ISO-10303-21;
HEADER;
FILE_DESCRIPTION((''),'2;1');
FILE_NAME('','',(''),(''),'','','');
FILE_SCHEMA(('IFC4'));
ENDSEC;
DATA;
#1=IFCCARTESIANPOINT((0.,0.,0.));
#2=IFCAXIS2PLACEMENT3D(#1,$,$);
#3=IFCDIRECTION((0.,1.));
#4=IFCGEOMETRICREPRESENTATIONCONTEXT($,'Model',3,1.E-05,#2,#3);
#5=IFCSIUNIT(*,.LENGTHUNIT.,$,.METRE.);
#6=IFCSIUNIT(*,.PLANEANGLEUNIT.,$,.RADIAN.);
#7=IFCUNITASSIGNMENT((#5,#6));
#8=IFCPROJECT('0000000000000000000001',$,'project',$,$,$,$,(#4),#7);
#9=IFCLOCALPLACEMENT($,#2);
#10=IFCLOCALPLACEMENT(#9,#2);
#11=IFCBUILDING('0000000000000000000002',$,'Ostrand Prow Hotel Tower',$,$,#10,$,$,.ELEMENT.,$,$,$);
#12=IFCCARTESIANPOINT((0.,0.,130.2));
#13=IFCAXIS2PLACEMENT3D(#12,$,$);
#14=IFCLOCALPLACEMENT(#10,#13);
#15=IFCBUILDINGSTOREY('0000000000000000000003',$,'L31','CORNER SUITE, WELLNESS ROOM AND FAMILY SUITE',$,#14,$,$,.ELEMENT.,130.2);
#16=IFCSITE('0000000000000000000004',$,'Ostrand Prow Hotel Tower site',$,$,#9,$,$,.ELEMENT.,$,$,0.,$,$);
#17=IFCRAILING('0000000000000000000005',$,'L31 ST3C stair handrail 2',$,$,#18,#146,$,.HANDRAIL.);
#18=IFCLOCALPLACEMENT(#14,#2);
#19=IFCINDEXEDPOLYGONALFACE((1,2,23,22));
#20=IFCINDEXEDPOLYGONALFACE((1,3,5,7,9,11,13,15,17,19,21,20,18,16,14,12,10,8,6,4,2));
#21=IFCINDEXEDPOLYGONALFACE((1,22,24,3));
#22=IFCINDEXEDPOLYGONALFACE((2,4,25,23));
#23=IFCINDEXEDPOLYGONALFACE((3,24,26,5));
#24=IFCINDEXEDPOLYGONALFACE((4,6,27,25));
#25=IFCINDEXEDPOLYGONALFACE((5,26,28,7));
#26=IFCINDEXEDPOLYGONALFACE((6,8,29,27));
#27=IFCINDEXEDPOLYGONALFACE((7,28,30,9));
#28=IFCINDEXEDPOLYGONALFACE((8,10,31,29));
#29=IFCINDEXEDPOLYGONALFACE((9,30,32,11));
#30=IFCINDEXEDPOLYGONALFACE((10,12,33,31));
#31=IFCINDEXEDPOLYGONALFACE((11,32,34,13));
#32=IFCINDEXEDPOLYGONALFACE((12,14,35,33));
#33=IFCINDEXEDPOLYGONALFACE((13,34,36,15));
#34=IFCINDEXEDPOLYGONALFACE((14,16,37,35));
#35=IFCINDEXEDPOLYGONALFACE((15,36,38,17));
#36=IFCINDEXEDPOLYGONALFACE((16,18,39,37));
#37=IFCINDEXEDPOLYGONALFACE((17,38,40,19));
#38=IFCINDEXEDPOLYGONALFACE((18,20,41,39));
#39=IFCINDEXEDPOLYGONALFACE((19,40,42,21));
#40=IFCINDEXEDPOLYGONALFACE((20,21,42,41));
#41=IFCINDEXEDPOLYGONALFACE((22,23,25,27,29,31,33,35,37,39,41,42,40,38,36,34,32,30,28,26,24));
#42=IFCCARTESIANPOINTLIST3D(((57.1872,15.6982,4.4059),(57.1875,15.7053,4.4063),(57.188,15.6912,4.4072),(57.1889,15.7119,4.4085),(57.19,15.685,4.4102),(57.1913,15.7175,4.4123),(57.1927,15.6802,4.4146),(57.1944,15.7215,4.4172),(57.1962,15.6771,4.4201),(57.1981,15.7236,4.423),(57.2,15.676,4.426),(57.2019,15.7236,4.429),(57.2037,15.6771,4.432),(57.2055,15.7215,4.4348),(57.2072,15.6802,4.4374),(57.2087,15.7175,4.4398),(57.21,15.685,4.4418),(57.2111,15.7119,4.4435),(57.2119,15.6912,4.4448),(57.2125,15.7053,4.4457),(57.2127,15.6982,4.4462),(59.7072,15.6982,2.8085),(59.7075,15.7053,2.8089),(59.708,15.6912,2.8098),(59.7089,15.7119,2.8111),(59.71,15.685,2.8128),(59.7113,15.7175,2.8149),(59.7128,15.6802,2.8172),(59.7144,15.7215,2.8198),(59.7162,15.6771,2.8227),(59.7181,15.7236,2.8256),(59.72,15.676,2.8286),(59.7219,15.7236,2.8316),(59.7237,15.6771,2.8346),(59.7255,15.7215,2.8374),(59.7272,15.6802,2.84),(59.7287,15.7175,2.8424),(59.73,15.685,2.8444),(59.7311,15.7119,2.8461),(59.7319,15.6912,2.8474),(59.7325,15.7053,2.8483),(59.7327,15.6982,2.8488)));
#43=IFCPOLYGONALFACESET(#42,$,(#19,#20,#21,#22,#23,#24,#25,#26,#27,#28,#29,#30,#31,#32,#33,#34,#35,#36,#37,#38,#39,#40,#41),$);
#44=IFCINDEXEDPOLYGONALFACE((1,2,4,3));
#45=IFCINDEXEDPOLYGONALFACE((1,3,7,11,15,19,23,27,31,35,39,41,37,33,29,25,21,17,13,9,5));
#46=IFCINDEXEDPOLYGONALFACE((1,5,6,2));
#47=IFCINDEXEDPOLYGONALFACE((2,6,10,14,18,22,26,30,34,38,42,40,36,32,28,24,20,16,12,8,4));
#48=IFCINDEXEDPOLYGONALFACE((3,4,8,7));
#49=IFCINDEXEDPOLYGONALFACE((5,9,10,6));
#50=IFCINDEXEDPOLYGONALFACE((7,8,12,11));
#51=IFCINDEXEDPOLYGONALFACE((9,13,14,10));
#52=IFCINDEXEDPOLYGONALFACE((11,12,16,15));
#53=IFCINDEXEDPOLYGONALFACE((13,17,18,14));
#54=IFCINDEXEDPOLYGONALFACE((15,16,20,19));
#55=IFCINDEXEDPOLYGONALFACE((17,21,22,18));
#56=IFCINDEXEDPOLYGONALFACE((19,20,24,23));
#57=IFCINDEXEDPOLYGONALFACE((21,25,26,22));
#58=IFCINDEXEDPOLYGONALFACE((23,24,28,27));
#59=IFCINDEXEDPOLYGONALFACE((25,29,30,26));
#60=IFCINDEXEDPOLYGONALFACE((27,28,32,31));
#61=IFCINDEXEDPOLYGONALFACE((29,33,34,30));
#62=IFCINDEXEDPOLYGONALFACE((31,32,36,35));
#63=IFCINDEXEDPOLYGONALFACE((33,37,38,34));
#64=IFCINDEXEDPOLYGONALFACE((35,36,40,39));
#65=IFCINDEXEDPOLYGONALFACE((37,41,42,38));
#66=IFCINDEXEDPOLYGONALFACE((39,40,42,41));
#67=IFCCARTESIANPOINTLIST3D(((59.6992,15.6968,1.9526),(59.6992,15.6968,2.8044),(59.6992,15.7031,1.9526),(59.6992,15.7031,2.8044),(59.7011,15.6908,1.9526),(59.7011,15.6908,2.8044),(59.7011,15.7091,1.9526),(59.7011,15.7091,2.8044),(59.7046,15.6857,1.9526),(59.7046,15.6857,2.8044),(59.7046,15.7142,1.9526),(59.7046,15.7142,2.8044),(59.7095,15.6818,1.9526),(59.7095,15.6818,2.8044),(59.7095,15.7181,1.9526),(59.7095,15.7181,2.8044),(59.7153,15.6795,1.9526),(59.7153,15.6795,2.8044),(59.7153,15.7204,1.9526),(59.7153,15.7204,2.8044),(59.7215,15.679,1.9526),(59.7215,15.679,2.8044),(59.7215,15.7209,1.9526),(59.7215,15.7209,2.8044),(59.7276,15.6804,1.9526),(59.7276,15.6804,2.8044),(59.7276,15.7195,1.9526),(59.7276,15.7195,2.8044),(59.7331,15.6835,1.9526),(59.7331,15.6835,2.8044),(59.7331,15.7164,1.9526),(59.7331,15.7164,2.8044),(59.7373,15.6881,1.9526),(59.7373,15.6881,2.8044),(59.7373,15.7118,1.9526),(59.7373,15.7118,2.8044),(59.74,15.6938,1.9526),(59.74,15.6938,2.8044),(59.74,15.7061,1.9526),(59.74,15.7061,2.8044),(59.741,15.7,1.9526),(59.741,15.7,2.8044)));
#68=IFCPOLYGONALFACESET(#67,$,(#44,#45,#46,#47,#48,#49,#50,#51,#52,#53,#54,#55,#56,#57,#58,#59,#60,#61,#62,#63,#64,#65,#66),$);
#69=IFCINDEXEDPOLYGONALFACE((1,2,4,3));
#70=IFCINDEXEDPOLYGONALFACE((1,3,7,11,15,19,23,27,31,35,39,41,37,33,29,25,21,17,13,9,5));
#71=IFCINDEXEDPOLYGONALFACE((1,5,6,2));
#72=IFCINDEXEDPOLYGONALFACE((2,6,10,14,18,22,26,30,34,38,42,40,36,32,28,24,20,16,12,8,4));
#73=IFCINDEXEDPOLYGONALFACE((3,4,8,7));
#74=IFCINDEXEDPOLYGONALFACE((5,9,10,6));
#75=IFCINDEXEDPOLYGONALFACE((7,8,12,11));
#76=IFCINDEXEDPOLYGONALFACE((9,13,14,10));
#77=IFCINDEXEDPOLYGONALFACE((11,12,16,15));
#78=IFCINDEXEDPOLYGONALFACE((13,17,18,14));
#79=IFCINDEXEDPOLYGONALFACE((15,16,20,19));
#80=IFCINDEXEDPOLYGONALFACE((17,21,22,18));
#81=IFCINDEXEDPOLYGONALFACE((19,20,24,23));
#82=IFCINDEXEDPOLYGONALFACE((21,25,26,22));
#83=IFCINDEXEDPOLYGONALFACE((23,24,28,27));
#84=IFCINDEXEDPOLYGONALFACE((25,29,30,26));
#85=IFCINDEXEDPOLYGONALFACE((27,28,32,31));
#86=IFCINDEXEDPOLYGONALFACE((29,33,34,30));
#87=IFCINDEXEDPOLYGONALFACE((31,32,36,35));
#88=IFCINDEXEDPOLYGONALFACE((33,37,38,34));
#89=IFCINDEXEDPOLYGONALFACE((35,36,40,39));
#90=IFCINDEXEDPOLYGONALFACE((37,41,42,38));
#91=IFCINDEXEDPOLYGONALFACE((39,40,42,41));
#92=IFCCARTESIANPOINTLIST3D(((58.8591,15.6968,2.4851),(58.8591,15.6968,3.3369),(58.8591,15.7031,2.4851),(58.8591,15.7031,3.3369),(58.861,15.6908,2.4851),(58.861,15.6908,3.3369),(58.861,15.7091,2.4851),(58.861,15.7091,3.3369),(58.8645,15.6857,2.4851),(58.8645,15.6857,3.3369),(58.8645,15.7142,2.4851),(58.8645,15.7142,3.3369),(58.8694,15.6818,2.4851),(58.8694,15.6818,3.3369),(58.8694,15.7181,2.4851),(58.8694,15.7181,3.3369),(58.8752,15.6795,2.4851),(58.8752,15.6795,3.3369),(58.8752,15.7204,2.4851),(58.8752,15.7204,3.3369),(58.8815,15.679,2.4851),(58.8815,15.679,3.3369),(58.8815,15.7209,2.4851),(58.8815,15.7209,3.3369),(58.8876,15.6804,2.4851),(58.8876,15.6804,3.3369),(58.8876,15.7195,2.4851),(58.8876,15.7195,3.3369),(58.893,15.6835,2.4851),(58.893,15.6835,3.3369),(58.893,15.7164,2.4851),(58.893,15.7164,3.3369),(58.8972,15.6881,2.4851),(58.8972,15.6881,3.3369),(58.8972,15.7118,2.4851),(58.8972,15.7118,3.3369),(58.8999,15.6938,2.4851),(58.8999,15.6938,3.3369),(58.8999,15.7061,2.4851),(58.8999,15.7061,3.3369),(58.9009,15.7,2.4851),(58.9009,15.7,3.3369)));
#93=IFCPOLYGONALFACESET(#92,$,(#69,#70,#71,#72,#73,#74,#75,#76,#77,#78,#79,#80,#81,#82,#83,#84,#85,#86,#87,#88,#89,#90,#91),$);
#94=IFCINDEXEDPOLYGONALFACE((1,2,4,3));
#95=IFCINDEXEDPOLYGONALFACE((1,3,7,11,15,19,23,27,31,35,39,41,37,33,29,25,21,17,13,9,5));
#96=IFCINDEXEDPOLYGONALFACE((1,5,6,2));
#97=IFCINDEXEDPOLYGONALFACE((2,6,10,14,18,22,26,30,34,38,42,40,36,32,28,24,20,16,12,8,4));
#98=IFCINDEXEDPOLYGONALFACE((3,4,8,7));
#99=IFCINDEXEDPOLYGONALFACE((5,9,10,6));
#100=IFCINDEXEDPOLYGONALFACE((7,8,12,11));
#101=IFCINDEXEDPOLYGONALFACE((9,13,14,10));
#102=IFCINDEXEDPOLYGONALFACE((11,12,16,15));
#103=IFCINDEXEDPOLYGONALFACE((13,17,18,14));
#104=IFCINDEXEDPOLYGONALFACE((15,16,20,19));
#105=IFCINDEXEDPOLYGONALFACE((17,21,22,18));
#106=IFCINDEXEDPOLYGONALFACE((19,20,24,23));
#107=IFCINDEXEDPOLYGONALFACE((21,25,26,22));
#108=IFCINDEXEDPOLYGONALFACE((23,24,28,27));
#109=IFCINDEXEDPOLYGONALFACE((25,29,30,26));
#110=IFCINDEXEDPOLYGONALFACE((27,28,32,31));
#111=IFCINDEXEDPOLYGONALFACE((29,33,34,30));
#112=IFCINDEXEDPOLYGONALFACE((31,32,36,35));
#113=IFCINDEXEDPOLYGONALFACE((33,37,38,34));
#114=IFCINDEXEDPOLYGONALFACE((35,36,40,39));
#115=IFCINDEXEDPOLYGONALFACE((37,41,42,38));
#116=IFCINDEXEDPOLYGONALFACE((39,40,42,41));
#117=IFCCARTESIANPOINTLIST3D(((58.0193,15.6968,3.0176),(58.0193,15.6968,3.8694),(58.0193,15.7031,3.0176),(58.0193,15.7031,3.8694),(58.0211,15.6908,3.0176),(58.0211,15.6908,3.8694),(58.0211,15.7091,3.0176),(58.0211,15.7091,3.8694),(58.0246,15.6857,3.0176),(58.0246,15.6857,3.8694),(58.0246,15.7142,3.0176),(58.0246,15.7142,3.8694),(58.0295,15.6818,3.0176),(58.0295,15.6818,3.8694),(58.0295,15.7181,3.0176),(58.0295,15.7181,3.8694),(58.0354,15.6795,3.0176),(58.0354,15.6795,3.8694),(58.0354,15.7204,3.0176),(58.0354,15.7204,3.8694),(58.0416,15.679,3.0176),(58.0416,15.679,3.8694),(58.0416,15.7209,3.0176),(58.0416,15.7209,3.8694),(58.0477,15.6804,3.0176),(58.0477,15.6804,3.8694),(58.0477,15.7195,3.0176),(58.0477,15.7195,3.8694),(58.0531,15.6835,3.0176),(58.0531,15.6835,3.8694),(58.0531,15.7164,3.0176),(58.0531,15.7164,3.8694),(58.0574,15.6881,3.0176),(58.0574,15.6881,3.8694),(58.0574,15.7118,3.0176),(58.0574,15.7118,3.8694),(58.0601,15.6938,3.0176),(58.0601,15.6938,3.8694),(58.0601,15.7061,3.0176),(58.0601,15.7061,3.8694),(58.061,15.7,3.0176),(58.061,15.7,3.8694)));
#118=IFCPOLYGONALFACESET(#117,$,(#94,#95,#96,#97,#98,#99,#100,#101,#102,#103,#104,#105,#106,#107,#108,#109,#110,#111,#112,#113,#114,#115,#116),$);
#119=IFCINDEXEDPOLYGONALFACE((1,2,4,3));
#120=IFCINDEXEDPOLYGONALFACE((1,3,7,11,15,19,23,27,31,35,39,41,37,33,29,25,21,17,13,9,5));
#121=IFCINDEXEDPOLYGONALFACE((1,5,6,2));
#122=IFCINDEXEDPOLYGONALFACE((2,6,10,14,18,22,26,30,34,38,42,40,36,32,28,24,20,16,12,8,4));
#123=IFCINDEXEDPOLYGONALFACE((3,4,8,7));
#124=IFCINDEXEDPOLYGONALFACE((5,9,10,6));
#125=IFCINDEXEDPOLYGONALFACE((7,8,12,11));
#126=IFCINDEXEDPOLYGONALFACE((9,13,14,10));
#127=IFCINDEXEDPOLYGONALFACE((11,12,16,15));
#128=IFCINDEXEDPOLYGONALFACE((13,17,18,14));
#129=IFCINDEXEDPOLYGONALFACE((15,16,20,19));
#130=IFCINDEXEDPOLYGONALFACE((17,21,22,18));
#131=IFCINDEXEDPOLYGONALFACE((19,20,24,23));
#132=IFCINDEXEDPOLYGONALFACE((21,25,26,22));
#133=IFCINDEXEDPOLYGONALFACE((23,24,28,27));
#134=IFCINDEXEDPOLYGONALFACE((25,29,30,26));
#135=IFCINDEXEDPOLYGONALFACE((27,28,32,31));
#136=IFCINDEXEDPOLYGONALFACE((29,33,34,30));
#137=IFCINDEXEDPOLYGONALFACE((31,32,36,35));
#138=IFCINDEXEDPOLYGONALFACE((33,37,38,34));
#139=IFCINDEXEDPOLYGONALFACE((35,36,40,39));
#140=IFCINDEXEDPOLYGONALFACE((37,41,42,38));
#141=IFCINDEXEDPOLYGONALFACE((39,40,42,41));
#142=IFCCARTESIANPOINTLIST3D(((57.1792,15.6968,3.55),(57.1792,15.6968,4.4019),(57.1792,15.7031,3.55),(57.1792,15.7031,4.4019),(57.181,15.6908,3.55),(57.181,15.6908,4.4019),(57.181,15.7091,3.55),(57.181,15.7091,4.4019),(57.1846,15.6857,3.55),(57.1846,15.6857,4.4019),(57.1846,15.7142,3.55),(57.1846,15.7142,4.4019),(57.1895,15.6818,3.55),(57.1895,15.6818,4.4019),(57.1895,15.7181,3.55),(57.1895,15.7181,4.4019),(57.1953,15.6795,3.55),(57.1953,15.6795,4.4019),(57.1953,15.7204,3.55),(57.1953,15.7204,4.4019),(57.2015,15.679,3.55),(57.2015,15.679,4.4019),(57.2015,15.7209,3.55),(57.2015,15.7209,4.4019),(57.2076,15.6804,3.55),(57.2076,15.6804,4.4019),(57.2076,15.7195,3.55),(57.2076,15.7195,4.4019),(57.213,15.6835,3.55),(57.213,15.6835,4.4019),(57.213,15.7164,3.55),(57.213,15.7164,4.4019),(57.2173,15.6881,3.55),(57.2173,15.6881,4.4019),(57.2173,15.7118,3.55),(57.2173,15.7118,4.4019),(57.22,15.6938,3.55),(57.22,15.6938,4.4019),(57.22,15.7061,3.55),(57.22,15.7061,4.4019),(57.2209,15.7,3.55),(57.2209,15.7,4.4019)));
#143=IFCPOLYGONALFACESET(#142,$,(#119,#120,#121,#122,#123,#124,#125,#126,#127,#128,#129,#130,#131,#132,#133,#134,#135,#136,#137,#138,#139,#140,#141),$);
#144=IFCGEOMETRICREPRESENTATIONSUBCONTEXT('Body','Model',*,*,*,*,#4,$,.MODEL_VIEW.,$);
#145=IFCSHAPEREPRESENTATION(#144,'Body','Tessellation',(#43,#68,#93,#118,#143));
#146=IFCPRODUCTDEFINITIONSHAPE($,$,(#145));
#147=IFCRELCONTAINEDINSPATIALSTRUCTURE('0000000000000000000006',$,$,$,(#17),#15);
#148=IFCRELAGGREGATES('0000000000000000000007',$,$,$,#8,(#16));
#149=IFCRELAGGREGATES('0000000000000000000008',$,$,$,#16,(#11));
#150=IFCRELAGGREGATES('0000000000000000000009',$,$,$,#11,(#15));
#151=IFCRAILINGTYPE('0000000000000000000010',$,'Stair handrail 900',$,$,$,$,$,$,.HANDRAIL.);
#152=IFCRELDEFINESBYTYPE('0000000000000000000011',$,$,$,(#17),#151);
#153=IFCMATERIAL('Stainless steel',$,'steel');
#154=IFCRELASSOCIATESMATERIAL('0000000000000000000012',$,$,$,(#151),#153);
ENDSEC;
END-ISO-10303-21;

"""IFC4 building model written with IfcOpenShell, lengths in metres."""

from ifc_helpers import new_model, si_unit, direction, frame, origin, origin_2d, place, context, subcontext, project, spatial, circle, extrude, material, type_object, element, save


model = new_model("IFC4")

# Units and contexts
model_context = context("Model", 3, precision=1e-05, world=origin(), true_north=direction((0.0, 1.0)))
body_context = subcontext(model_context, "Body", "Model", "MODEL_VIEW")
ifc_project = project(units=[si_unit("LENGTHUNIT", "METRE"), si_unit("PLANEANGLEUNIT", "RADIAN")], contexts=[model_context])

# Site, building, storey
site_placement = place(None, origin())
site = spatial("IfcSite", under=ifc_project, at=site_placement, Name="Ostrand Prow Hotel Tower site", CompositionType="ELEMENT", RefElevation=0.0)
building_placement = place(site_placement, origin())
building = spatial("IfcBuilding", under=site, at=building_placement, Name="Ostrand Prow Hotel Tower", CompositionType="ELEMENT")
storey_placement = place(building_placement, frame((0.0, 0.0, 130.2)))
storey = spatial("IfcBuildingStorey", under=building, at=storey_placement, Name="L31", Description="CORNER SUITE, WELLNESS ROOM AND FAMILY SUITE", CompositionType="ELEMENT", Elevation=130.2)

# Railing
ifc_material_1 = material(Name="Stainless steel", Category="steel")
railing_type_1 = type_object("IfcRailingType", Name="Stair handrail 900", PredefinedType="HANDRAIL", material=ifc_material_1)
railing_1_placement = place(storey_placement, frame((59.72, 15.7, 1.9526)))
element("IfcRailing", 1, at=railing_1_placement, inside=storey, type_object=railing_type_1, Name="L31 ST3C stair handrail 2", PredefinedType="HANDRAIL", context=body_context, shape_type="SweptSolid", body=[
    extrude(circle(Radius=0.0239, at=origin_2d()), frame((0.0, 0.0, 0.876), z_axis=(-0.844607, 0.0, 0.535387), x_axis=(0.0, -1.0, 0.0)), (0.0, 0.0, 1.0), 2.9836),
    extrude(circle(Radius=0.021, at=origin_2d()), origin(), (0.0, 0.0, 1.0), 0.8518),
    extrude(circle(Radius=0.021, at=origin_2d()), frame((-0.8401, 0.0, 0.5325)), (0.0, 0.0, 1.0), 0.8518),
    extrude(circle(Radius=0.021, at=origin_2d()), frame((-1.6799, 0.0, 1.0649)), (0.0, 0.0, 1.0), 0.8518),
    extrude(circle(Radius=0.021, at=origin_2d()), frame((-2.52, 0.0, 1.5974)), (0.0, 0.0, 1.0), 0.8518),
])

save(model, "model.ifc")
